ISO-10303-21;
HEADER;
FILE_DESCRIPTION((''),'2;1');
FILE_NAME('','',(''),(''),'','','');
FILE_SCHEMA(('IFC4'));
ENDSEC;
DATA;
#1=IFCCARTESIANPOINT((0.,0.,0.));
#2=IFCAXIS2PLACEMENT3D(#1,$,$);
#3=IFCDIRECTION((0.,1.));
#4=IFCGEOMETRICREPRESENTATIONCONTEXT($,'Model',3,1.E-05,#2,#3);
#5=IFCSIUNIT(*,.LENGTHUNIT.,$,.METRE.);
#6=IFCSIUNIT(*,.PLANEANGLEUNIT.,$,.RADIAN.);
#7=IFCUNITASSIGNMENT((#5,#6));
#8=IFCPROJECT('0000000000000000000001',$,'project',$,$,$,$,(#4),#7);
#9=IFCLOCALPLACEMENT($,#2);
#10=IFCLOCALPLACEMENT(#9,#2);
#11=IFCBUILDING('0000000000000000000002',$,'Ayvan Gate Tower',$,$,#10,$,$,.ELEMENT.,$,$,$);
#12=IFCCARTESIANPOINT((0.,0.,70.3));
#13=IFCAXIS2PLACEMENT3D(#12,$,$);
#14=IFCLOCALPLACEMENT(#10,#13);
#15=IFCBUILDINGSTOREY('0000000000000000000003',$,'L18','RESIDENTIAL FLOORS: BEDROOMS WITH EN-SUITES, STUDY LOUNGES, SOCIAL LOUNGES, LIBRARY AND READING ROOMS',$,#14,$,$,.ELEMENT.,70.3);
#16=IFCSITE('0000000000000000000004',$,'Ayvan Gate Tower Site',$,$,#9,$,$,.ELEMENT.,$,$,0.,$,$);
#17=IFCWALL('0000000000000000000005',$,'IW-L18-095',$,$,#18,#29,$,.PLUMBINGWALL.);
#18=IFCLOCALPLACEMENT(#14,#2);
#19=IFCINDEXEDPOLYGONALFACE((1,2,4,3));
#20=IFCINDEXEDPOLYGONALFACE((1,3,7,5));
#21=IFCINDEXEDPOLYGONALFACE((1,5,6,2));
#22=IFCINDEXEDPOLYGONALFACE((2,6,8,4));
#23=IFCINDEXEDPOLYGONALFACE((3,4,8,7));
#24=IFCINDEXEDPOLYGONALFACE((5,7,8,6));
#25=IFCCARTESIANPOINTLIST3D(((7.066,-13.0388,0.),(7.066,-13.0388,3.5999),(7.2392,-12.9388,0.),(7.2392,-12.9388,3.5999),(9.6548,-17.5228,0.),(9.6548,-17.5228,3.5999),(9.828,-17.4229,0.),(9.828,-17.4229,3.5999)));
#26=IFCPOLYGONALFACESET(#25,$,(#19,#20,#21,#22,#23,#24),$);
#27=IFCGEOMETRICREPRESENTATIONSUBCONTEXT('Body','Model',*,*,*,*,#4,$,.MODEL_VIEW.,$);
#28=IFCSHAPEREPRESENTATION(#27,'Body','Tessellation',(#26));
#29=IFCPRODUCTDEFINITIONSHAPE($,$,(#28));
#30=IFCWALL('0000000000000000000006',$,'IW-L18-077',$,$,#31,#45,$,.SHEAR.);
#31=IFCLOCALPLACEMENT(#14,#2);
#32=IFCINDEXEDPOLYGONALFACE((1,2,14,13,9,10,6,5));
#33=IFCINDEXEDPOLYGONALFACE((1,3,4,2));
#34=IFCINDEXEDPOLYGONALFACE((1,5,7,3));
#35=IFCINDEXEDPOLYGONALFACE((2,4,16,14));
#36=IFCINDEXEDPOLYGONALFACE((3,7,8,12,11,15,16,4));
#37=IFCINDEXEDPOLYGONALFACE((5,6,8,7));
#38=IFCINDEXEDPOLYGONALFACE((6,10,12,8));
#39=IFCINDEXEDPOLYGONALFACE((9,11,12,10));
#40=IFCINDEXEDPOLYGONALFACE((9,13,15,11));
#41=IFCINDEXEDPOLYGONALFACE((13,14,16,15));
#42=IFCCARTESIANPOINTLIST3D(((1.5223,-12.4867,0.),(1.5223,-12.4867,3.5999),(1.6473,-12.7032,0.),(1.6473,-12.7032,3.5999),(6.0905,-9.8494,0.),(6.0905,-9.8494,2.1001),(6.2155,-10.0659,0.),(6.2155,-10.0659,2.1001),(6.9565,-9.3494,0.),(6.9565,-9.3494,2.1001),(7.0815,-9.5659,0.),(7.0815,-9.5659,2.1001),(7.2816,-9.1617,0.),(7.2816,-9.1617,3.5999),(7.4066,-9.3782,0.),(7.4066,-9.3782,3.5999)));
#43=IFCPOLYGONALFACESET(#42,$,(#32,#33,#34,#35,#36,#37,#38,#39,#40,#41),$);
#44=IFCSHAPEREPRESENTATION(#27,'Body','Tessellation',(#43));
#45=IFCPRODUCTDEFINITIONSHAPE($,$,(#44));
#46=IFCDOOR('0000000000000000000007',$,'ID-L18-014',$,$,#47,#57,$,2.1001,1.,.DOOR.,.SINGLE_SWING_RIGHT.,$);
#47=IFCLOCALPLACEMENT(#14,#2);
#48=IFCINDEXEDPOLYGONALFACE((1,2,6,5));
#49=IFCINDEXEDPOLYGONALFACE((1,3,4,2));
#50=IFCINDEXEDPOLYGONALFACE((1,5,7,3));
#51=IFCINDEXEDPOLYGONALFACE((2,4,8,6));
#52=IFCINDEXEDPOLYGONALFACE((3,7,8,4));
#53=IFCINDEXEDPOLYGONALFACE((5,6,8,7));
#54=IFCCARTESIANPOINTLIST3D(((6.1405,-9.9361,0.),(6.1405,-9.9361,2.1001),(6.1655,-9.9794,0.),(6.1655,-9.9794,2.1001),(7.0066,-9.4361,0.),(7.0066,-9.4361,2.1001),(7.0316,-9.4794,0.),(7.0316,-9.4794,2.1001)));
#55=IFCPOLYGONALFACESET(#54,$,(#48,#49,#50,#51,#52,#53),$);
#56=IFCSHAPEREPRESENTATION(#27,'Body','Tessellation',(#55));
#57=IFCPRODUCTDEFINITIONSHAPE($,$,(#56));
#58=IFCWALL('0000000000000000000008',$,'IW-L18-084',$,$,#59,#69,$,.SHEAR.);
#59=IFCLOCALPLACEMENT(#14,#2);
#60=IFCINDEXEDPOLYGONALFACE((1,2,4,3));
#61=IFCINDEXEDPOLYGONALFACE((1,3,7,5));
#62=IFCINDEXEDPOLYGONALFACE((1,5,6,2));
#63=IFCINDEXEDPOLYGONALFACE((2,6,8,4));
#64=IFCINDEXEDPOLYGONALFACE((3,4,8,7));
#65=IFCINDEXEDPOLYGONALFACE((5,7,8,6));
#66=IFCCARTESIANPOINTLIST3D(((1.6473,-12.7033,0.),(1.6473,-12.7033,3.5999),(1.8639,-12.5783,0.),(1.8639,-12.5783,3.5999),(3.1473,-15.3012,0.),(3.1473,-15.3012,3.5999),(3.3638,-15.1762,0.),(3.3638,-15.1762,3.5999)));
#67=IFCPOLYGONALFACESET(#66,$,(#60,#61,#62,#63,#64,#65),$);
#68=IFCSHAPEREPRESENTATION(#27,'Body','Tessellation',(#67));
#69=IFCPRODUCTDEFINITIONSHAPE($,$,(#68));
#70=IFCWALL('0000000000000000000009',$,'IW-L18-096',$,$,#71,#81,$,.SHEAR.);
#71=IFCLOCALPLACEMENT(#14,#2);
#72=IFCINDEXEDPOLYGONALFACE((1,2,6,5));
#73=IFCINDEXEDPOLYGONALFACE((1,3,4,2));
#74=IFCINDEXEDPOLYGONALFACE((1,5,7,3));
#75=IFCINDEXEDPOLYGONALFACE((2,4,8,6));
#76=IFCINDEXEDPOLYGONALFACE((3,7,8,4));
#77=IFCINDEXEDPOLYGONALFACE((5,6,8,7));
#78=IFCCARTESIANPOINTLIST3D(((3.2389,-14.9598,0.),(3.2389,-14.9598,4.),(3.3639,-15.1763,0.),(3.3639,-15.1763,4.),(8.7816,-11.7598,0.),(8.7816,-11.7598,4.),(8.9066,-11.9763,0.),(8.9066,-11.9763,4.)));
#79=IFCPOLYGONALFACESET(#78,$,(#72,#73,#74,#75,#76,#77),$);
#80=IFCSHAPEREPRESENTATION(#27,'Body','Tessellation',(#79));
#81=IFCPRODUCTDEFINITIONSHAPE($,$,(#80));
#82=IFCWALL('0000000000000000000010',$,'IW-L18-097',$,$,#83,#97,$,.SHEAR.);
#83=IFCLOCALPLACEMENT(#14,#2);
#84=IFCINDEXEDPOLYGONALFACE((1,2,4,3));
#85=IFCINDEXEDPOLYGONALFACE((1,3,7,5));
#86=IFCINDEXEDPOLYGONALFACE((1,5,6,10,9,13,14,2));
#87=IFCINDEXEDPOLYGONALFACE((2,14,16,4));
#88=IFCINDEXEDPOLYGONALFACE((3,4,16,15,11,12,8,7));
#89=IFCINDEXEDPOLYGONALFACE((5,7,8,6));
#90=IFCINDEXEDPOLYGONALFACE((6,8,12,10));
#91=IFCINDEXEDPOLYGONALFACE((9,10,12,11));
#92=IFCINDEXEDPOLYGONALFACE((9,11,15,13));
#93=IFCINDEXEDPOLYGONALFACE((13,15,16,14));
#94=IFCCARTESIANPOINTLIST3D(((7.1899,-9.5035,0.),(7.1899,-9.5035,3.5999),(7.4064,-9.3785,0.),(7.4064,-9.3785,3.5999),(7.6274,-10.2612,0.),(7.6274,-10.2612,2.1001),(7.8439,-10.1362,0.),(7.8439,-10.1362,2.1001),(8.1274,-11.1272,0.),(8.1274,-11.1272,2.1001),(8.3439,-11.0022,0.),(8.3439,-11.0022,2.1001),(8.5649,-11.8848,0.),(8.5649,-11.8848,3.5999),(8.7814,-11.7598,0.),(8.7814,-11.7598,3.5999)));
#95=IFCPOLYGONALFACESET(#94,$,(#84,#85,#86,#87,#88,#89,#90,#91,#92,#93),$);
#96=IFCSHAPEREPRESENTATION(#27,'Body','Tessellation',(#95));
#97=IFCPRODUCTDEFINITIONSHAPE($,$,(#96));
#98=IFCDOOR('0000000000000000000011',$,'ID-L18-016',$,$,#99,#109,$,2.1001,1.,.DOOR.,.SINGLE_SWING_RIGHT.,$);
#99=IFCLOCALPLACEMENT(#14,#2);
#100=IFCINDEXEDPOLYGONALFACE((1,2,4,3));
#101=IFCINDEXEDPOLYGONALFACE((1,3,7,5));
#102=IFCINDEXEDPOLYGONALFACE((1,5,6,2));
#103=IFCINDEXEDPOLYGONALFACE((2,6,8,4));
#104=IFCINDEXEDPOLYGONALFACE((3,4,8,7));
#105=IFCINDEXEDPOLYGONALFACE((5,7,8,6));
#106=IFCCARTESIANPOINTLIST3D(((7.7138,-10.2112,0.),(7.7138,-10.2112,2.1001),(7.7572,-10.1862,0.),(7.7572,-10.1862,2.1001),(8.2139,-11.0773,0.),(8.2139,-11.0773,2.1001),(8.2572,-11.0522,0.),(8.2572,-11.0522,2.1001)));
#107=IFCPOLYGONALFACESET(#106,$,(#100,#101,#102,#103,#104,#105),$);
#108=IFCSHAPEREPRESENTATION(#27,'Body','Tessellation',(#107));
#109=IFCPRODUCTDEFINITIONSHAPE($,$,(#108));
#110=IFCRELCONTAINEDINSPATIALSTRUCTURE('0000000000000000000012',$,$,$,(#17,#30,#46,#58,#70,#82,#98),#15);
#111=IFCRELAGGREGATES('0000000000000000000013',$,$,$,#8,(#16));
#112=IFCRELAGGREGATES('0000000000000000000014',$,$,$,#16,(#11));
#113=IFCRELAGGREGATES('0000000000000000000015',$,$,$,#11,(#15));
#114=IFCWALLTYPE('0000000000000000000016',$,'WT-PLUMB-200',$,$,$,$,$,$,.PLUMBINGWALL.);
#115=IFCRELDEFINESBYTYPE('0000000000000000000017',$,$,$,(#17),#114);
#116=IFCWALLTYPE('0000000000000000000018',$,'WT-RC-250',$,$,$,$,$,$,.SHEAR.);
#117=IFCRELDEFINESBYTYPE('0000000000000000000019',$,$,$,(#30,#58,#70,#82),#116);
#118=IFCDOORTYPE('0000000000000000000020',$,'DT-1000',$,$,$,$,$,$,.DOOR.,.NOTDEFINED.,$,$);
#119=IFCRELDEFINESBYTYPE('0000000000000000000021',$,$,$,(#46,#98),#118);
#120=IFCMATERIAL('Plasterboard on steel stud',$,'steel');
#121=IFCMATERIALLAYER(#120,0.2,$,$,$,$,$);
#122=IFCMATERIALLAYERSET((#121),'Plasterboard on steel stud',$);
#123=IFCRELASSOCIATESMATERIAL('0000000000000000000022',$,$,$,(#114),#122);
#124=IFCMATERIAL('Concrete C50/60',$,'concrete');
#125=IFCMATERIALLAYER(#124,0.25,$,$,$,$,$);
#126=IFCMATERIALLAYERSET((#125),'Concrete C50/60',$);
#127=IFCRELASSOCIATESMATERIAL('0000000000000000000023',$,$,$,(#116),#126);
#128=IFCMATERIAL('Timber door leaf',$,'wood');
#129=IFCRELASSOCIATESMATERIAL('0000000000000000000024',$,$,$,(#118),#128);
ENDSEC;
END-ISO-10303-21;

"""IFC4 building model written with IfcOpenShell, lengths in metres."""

from ifc_helpers import new_model, si_unit, direction, frame, frame_2d, origin, place, context, subcontext, project, spatial, rectangle, extrude, material, layer, layer_set, type_object, element, fill, save


model = new_model("IFC4")

# Units and contexts
model_context = context("Model", 3, precision=1e-05, world=origin(), true_north=direction((0.0, 1.0)))
body_context = subcontext(model_context, "Body", "Model", "MODEL_VIEW")
ifc_project = project(units=[si_unit("LENGTHUNIT", "METRE"), si_unit("PLANEANGLEUNIT", "RADIAN")], contexts=[model_context])

# Site, building, storey
site_placement = place(None, origin())
site = spatial("IfcSite", under=ifc_project, at=site_placement, Name="Ayvan Gate Tower Site", CompositionType="ELEMENT", RefElevation=0.0)
building_placement = place(site_placement, origin())
building = spatial("IfcBuilding", under=site, at=building_placement, Name="Ayvan Gate Tower", CompositionType="ELEMENT")
storey_placement = place(building_placement, frame((0.0, 0.0, 70.3)))
storey = spatial("IfcBuildingStorey", under=building, at=storey_placement, Name="L18", Description="RESIDENTIAL FLOORS: BEDROOMS WITH EN-SUITES, STUDY LOUNGES, SOCIAL LOUNGES, LIBRARY AND READING ROOMS", CompositionType="ELEMENT", Elevation=70.3)

# Wall
ifc_material_1 = material(Name="Plasterboard on steel stud", Category="steel")
ifc_layer_1 = layer(ifc_material_1, 0.2)
ifc_layer_set_1 = layer_set([ifc_layer_1], Name="Plasterboard on steel stud")
wall_type_1 = type_object("IfcWallType", Name="WT-PLUMB-200", PredefinedType="PLUMBINGWALL", material=ifc_layer_set_1)
wall_1_placement = place(storey_placement, frame((7.1526, -12.9888, 0.0), z_axis=(0.0, 0.0, 1.0), x_axis=(0.499993, -0.866029, 0.0)))
element("IfcWall", 1, at=wall_1_placement, inside=storey, type_object=wall_type_1, Name="IW-L18-095", PredefinedType="PLUMBINGWALL", context=body_context, shape_type="SweptSolid", body=[
    extrude(rectangle(XDim=5.1777, YDim=0.2, at=frame_2d((2.5889, 0.0))), origin(), (0.0, 0.0, 1.0), 3.5999),
])

# Wall, opening, door
ifc_material_2 = material(Name="Concrete C50/60", Category="concrete")
ifc_layer_2 = layer(ifc_material_2, 0.25)
ifc_layer_set_2 = layer_set([ifc_layer_2], Name="Concrete C50/60")
wall_type_2 = type_object("IfcWallType", Name="WT-RC-250", PredefinedType="SHEAR", material=ifc_layer_set_2)
wall_2_placement = place(storey_placement, frame((1.5847, -12.595, 0.0), z_axis=(0.0, 0.0, 1.0), x_axis=(0.866036, 0.499981, 0.0)))
wall_2 = element("IfcWall", 2, at=wall_2_placement, inside=storey, type_object=wall_type_2, Name="IW-L18-077", PredefinedType="SHEAR", context=body_context, shape_type="SweptSolid", body=[
    extrude(rectangle(XDim=6.6501, YDim=0.25, at=frame_2d((3.3252, 0.0))), origin(), (0.0, 0.0, 1.0), 3.5999),
])
opening_1_placement = place(wall_2_placement, frame((5.2749, 0.0, 0.0)))
opening_1 = element("IfcOpeningElement", 3, at=opening_1_placement, cuts=wall_2, PredefinedType="OPENING", context=body_context, shape_type="SweptSolid", body=[
    extrude(rectangle(XDim=1.0, YDim=2.1001, at=frame_2d((0.5, 1.05))), frame((0.0, 0.135, 0.0), z_axis=(0.0, -1.0, 0.0), x_axis=(1.0, 0.0, 0.0)), (0.0, 0.0, 1.0), 0.27),
])
ifc_material_3 = material(Name="Timber door leaf", Category="wood")
door_type = type_object("IfcDoorType", Name="DT-1000", OperationType="NOTDEFINED", PredefinedType="DOOR", material=ifc_material_3)
door_1_placement = place(opening_1_placement, origin())
door_1 = element("IfcDoor", 4, at=door_1_placement, inside=storey, type_object=door_type, Name="ID-L18-014", OperationType="SINGLE_SWING_RIGHT", OverallHeight=2.1001, OverallWidth=1.0, PredefinedType="DOOR", context=body_context, shape_type="SweptSolid", body=[
    extrude(rectangle(XDim=1.0, YDim=2.1001, at=frame_2d((0.5, 1.05))), frame((0.0, 0.0249, 0.0), z_axis=(0.0, -1.0, 0.0), x_axis=(1.0, 0.0, 0.0)), (0.0, 0.0, 1.0), 0.05),
])
fill(opening_1, door_1)

# Walls
wall_3_placement = place(storey_placement, frame((3.2556, -15.2388, 0.0), z_axis=(0.0, 0.0, 1.0), x_axis=(-0.500025, 0.866011, 0.0)))
element("IfcWall", 5, at=wall_3_placement, inside=storey, type_object=wall_type_2, Name="IW-L18-084", PredefinedType="SHEAR", context=body_context, shape_type="SweptSolid", body=[
    extrude(rectangle(XDim=2.9998, YDim=0.25, at=frame_2d((1.5, 0.0))), origin(), (0.0, 0.0, 1.0), 3.5999),
])
wall_4_placement = place(storey_placement, frame((3.3013, -15.0681, 0.0), z_axis=(0.0, 0.0, 1.0), x_axis=(0.866035, 0.499983, 0.0)))
element("IfcWall", 6, at=wall_4_placement, inside=storey, type_object=wall_type_2, Name="IW-L18-096", PredefinedType="SHEAR", context=body_context, shape_type="SweptSolid", body=[
    extrude(rectangle(XDim=6.4001, YDim=0.25, at=frame_2d((3.2002, 0.0))), origin(), (0.0, 0.0, 1.0), 4.0),
])

# Wall, opening, door
wall_5_placement = place(storey_placement, frame((7.2981, -9.4409, 0.0), z_axis=(0.0, 0.0, 1.0), x_axis=(0.500035, -0.866005, 0.0)))
wall_5 = element("IfcWall", 7, at=wall_5_placement, inside=storey, type_object=wall_type_2, Name="IW-L18-097", PredefinedType="SHEAR", context=body_context, shape_type="SweptSolid", body=[
    extrude(rectangle(XDim=2.7498, YDim=0.25, at=frame_2d((1.375, 0.0))), origin(), (0.0, 0.0, 1.0), 3.5999),
])
opening_2_placement = place(wall_5_placement, frame((0.875, 0.0, 0.0)))
opening_2 = element("IfcOpeningElement", 8, at=opening_2_placement, cuts=wall_5, PredefinedType="OPENING", context=body_context, shape_type="SweptSolid", body=[
    extrude(rectangle(XDim=1.0, YDim=2.1001, at=frame_2d((0.5, 1.05))), frame((0.0, 0.135, 0.0), z_axis=(0.0, -1.0, 0.0), x_axis=(1.0, 0.0, 0.0)), (0.0, 0.0, 1.0), 0.27),
])
door_2_placement = place(opening_2_placement, origin())
door_2 = element("IfcDoor", 9, at=door_2_placement, inside=storey, type_object=door_type, Name="ID-L18-016", OperationType="SINGLE_SWING_RIGHT", OverallHeight=2.1001, OverallWidth=1.0, PredefinedType="DOOR", context=body_context, shape_type="SweptSolid", body=[
    extrude(rectangle(XDim=1.0, YDim=2.1001, at=frame_2d((0.5, 1.05))), frame((0.0, 0.0249, 0.0), z_axis=(0.0, -1.0, 0.0), x_axis=(1.0, 0.0, 0.0)), (0.0, 0.0, 1.0), 0.05),
])
fill(opening_2, door_2)

save(model, "model.ifc")
